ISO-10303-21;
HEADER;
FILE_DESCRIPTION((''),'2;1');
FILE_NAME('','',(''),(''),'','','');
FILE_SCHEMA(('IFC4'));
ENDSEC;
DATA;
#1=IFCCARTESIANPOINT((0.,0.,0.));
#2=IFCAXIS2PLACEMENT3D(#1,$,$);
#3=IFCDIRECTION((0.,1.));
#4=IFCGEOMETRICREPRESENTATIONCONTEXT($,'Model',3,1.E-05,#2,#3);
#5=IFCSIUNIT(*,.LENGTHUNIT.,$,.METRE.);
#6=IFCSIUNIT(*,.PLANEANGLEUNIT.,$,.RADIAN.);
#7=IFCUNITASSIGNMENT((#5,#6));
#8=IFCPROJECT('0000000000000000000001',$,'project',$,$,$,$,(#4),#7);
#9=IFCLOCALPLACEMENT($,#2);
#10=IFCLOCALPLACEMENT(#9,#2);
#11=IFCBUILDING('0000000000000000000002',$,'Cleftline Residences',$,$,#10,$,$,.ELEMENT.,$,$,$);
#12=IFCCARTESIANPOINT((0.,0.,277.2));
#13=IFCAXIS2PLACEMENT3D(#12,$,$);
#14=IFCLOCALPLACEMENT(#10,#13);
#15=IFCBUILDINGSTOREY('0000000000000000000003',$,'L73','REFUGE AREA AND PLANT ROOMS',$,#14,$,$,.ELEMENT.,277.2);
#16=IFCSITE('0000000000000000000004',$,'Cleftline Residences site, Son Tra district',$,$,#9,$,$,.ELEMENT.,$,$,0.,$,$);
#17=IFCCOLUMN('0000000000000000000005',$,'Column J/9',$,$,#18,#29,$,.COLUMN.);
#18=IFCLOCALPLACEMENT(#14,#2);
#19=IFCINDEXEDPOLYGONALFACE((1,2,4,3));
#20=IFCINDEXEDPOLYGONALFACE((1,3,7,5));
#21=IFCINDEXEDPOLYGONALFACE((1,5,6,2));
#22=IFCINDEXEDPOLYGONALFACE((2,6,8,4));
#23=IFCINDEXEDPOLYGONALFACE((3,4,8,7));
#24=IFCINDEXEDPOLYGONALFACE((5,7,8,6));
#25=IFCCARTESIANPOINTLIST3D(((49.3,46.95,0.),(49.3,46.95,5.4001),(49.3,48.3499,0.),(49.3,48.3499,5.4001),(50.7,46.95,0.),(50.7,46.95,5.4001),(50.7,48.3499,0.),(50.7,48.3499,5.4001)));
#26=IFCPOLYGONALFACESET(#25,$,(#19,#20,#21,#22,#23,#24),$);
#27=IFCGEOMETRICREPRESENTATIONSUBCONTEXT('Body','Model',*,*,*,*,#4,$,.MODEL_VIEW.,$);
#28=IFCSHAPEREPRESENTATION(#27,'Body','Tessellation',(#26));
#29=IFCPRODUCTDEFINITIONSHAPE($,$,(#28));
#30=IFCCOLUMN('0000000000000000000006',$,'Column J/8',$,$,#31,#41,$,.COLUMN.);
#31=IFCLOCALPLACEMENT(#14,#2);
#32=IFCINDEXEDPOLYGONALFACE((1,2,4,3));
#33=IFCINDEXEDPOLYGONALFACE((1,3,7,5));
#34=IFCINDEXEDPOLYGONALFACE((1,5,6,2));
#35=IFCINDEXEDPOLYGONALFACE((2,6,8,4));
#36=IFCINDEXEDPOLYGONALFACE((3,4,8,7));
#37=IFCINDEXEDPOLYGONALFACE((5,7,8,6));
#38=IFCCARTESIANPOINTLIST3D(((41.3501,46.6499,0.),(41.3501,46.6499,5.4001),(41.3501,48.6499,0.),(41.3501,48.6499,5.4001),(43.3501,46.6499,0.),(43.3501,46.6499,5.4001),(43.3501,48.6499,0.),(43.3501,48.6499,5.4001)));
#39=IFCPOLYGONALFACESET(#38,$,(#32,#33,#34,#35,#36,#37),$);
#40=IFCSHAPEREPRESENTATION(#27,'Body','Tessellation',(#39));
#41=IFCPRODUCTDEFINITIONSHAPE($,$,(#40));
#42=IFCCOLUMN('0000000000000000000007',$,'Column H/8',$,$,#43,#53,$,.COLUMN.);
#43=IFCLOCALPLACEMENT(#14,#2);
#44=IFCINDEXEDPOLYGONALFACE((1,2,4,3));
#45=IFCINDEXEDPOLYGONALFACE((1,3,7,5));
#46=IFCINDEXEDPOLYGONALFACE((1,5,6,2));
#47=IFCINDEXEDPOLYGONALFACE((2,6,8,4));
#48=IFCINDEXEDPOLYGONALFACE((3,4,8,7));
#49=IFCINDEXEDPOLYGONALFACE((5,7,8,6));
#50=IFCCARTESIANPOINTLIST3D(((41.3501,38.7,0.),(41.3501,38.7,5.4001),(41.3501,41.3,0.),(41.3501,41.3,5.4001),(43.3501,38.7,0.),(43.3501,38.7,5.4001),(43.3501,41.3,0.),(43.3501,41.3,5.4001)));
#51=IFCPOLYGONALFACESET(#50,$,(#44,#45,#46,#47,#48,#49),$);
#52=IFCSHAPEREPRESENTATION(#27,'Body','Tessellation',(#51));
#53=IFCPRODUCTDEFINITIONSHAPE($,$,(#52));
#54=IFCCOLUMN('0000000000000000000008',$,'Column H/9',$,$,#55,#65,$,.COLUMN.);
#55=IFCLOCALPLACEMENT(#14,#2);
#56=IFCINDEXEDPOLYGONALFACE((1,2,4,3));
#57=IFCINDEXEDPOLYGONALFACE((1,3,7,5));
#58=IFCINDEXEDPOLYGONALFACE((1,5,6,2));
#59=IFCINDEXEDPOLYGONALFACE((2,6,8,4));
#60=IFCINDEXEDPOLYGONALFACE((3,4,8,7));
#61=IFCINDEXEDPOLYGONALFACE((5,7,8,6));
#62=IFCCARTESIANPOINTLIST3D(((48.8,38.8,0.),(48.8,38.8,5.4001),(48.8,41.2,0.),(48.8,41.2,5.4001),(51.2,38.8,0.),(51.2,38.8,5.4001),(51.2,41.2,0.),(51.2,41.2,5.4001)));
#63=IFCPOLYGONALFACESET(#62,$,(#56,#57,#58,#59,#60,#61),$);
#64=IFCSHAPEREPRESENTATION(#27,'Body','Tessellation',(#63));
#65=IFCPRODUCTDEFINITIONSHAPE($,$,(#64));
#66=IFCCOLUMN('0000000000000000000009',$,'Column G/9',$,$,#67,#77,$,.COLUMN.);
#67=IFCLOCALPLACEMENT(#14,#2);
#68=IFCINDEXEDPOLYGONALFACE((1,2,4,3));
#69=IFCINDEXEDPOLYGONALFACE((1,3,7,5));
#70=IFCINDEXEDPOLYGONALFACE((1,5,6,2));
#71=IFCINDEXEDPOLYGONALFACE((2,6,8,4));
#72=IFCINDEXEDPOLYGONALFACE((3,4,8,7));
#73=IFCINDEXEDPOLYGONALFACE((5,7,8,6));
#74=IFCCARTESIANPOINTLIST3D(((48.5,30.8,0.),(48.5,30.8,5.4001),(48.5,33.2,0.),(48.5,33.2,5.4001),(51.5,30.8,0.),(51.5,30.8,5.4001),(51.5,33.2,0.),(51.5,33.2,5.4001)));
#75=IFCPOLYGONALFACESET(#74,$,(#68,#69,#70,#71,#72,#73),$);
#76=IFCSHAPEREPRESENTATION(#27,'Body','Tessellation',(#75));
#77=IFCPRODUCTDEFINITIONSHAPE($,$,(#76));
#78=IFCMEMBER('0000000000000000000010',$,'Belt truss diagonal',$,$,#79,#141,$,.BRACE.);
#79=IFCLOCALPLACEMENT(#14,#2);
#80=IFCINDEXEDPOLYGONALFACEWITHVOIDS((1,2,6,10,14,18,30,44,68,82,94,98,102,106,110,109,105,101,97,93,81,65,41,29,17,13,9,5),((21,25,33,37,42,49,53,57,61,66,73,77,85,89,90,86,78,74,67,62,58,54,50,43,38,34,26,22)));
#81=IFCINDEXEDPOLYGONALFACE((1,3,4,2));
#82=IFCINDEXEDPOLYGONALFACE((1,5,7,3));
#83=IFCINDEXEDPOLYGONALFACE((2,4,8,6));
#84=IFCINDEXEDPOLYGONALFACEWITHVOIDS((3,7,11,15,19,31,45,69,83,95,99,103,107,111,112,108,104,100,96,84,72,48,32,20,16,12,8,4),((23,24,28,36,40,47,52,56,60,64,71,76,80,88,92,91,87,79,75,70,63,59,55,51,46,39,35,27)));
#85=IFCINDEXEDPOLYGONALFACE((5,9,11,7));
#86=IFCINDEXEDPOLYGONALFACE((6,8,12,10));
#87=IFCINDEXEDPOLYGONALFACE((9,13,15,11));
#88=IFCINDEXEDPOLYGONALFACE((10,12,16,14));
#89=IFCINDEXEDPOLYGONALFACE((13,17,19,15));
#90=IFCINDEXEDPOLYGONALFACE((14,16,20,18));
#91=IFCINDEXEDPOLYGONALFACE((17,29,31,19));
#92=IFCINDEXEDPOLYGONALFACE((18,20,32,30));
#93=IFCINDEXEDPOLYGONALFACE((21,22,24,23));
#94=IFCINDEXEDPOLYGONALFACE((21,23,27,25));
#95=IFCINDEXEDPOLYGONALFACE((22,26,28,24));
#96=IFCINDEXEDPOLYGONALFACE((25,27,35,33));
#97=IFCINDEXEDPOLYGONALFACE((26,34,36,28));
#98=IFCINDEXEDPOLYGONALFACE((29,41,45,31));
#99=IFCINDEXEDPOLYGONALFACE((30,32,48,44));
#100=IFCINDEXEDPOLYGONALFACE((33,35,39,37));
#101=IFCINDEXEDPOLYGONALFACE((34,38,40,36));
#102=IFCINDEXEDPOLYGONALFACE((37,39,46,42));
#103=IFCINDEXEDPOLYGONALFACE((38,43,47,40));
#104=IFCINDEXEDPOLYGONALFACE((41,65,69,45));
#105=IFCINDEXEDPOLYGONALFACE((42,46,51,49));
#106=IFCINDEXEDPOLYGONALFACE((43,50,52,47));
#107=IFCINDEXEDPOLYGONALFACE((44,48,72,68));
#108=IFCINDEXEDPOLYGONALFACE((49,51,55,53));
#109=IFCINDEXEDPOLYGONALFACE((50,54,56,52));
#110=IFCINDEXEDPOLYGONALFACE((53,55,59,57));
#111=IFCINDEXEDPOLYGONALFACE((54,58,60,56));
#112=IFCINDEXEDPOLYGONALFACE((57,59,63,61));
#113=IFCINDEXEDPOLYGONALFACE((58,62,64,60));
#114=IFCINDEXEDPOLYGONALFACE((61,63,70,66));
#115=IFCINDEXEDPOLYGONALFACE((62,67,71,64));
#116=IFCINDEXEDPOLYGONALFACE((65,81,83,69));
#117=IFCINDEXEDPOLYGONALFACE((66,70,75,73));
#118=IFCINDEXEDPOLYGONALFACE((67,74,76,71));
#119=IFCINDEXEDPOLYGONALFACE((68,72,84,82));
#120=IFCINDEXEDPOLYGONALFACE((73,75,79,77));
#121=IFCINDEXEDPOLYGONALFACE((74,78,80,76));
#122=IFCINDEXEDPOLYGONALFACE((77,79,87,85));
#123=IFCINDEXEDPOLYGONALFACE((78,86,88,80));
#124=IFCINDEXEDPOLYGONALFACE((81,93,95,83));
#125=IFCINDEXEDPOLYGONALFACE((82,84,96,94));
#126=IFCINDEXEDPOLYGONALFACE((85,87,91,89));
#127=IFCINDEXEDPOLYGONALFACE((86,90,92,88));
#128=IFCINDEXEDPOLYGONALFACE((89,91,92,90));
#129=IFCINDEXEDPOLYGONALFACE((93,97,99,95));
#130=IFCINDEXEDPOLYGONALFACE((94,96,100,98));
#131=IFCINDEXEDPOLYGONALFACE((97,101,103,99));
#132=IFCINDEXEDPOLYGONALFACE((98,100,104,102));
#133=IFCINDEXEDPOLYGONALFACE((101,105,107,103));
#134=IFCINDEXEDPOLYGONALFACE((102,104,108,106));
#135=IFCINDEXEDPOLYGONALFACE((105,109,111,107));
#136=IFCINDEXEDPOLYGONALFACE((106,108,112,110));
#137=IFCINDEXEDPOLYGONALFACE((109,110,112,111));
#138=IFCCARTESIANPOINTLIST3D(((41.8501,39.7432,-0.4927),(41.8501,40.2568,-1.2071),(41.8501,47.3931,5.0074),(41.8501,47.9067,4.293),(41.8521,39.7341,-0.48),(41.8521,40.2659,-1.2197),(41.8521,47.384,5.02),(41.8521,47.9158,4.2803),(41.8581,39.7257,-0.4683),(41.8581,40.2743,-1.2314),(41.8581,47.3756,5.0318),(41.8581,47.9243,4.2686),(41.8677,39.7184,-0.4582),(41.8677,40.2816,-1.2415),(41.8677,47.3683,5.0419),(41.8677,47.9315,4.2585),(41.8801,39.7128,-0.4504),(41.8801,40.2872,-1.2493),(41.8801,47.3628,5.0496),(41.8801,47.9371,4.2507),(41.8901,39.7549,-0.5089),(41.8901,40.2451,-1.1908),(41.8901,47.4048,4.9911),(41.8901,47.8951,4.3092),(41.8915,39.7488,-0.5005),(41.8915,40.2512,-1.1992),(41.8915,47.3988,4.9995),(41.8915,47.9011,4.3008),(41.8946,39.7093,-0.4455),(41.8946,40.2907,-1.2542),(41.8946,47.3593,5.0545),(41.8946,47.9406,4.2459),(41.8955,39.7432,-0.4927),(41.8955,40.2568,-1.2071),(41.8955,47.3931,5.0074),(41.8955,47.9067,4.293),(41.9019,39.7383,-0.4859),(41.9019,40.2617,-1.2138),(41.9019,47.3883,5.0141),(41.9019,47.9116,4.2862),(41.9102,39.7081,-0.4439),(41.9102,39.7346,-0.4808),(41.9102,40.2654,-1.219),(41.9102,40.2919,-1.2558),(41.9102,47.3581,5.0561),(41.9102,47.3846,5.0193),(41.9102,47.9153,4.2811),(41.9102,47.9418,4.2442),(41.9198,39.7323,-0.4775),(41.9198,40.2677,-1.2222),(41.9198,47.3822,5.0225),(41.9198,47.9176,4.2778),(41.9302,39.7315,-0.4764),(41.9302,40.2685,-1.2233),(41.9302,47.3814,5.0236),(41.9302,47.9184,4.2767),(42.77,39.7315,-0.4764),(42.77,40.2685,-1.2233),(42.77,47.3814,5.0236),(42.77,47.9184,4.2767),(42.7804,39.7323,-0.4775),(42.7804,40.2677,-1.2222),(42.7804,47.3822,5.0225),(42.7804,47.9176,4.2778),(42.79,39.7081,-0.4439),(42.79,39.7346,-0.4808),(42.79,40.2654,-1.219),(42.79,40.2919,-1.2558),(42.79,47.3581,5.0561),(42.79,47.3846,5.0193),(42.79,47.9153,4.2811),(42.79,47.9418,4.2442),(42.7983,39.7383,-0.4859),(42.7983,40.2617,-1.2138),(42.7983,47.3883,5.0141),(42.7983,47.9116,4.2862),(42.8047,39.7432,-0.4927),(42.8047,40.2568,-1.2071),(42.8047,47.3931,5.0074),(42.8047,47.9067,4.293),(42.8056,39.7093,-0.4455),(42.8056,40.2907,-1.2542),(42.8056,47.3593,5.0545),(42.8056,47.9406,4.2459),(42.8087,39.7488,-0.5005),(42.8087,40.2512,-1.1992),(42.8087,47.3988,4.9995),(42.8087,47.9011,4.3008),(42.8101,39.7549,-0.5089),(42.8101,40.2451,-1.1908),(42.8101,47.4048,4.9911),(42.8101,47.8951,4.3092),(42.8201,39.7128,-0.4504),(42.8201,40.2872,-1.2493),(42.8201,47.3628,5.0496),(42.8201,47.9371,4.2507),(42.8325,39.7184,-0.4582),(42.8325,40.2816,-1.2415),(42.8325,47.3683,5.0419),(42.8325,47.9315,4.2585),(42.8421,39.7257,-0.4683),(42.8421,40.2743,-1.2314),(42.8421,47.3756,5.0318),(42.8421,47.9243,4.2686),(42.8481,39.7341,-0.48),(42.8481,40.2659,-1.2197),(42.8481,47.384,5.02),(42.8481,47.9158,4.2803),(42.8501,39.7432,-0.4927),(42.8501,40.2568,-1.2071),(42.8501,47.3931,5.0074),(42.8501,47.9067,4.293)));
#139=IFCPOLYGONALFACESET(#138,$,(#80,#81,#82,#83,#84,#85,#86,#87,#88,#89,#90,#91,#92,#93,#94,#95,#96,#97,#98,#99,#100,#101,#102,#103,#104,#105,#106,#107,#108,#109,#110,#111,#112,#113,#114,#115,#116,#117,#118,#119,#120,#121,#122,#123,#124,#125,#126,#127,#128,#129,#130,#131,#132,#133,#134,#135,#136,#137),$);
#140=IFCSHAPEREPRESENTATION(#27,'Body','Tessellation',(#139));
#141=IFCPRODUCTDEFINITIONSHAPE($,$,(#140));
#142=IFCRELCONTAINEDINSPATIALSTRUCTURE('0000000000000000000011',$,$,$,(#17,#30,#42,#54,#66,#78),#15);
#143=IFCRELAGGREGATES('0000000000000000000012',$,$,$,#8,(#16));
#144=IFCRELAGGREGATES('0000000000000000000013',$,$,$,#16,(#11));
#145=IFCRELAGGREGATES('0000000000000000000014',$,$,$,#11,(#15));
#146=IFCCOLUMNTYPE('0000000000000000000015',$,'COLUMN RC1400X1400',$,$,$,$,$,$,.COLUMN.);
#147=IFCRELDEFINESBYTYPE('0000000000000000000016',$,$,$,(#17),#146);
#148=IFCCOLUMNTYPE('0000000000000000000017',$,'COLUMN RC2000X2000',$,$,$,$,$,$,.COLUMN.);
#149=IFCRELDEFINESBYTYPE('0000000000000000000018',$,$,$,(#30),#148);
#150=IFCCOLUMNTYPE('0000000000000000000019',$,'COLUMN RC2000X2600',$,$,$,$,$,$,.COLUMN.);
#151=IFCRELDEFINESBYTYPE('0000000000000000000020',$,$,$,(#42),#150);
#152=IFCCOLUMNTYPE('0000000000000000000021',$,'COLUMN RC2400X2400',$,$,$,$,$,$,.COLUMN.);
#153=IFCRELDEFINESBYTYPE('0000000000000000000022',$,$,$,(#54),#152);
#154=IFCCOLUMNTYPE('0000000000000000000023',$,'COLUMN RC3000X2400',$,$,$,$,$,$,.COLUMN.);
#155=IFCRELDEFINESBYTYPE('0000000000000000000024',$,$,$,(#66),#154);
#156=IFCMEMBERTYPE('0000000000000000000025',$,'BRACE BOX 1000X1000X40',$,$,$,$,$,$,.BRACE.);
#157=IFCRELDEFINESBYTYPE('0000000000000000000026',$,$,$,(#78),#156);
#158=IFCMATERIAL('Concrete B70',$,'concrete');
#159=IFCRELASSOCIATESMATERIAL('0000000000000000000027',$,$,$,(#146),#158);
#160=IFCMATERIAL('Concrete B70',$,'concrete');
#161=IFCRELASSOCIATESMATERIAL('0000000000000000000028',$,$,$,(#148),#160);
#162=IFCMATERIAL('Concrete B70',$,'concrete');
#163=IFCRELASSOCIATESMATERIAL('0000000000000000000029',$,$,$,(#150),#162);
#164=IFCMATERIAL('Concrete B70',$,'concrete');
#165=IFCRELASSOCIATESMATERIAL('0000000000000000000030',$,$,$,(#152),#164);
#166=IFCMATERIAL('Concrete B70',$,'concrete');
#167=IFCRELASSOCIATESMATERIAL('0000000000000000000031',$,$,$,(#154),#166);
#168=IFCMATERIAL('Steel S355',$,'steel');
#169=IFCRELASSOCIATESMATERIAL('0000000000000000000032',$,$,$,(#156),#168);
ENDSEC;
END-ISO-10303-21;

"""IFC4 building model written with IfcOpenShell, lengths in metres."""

from ifc_helpers import new_model, si_unit, direction, frame, origin, origin_2d, place, context, subcontext, project, spatial, rectangle, hollow_rectangle, extrude, material, material_profile, profile_set, type_object, element, save


model = new_model("IFC4")

# Units and contexts
model_context = context("Model", 3, precision=1e-05, world=origin(), true_north=direction((0.0, 1.0)))
body_context = subcontext(model_context, "Body", "Model", "MODEL_VIEW")
ifc_project = project(units=[si_unit("LENGTHUNIT", "METRE"), si_unit("PLANEANGLEUNIT", "RADIAN")], contexts=[model_context])

# Site, building, storey
site_placement = place(None, origin())
site = spatial("IfcSite", under=ifc_project, at=site_placement, Name="Cleftline Residences site, Son Tra district", CompositionType="ELEMENT", RefElevation=0.0)
building_placement = place(site_placement, origin())
building = spatial("IfcBuilding", under=site, at=building_placement, Name="Cleftline Residences", CompositionType="ELEMENT")
storey_placement = place(building_placement, frame((0.0, 0.0, 277.2)))
storey = spatial("IfcBuildingStorey", under=building, at=storey_placement, Name="L73", Description="REFUGE AREA AND PLANT ROOMS", CompositionType="ELEMENT", Elevation=277.2)

# Columns
ifc_material_1 = material(Name="Concrete B70", Category="concrete")
ifc_material_profile_1 = material_profile(ifc_material_1, rectangle(XDim=1.3999, YDim=1.3999, at=origin_2d()))
ifc_profile_set_1 = profile_set([ifc_material_profile_1], Name="Concrete B70")
column_type_1 = type_object("IfcColumnType", Name="COLUMN RC1400X1400", PredefinedType="COLUMN", material=ifc_profile_set_1)
column_1_placement = place(storey_placement, frame((50.0, 47.6499, 0.0), z_axis=(0.0, 0.0, 1.0), x_axis=(1.0, 0.0, 0.0)))
element("IfcColumn", 1, at=column_1_placement, inside=storey, type_object=column_type_1, Name="Column J/9", PredefinedType="COLUMN", context=body_context, shape_type="SweptSolid", body=[
    extrude(rectangle(XDim=1.3999, YDim=1.3999, at=origin_2d()), origin(), (0.0, 0.0, 1.0), 5.4001),
])
ifc_material_2 = material(Name="Concrete B70", Category="concrete")
ifc_material_profile_2 = material_profile(ifc_material_2, rectangle(XDim=2.0, YDim=2.0, at=origin_2d()))
ifc_profile_set_2 = profile_set([ifc_material_profile_2], Name="Concrete B70")
column_type_2 = type_object("IfcColumnType", Name="COLUMN RC2000X2000", PredefinedType="COLUMN", material=ifc_profile_set_2)
column_2_placement = place(storey_placement, frame((42.3501, 47.6499, 0.0), z_axis=(0.0, 0.0, 1.0), x_axis=(1.0, 0.0, 0.0)))
element("IfcColumn", 2, at=column_2_placement, inside=storey, type_object=column_type_2, Name="Column J/8", PredefinedType="COLUMN", context=body_context, shape_type="SweptSolid", body=[
    extrude(rectangle(XDim=2.0, YDim=2.0, at=origin_2d()), origin(), (0.0, 0.0, 1.0), 5.4001),
])
ifc_material_3 = material(Name="Concrete B70", Category="concrete")
ifc_material_profile_3 = material_profile(ifc_material_3, rectangle(XDim=2.0, YDim=2.6001, at=origin_2d()))
ifc_profile_set_3 = profile_set([ifc_material_profile_3], Name="Concrete B70")
column_type_3 = type_object("IfcColumnType", Name="COLUMN RC2000X2600", PredefinedType="COLUMN", material=ifc_profile_set_3)
column_3_placement = place(storey_placement, frame((42.3501, 40.0, 0.0), z_axis=(0.0, 0.0, 1.0), x_axis=(1.0, 0.0, 0.0)))
element("IfcColumn", 3, at=column_3_placement, inside=storey, type_object=column_type_3, Name="Column H/8", PredefinedType="COLUMN", context=body_context, shape_type="SweptSolid", body=[
    extrude(rectangle(XDim=2.0, YDim=2.6001, at=origin_2d()), origin(), (0.0, 0.0, 1.0), 5.4001),
])
ifc_material_4 = material(Name="Concrete B70", Category="concrete")
ifc_material_profile_4 = material_profile(ifc_material_4, rectangle(XDim=2.3999, YDim=2.3999, at=origin_2d()))
ifc_profile_set_4 = profile_set([ifc_material_profile_4], Name="Concrete B70")
column_type_4 = type_object("IfcColumnType", Name="COLUMN RC2400X2400", PredefinedType="COLUMN", material=ifc_profile_set_4)
column_4_placement = place(storey_placement, frame((50.0, 40.0, 0.0), z_axis=(0.0, 0.0, 1.0), x_axis=(1.0, 0.0, 0.0)))
element("IfcColumn", 4, at=column_4_placement, inside=storey, type_object=column_type_4, Name="Column H/9", PredefinedType="COLUMN", context=body_context, shape_type="SweptSolid", body=[
    extrude(rectangle(XDim=2.3999, YDim=2.3999, at=origin_2d()), origin(), (0.0, 0.0, 1.0), 5.4001),
])
ifc_material_5 = material(Name="Concrete B70", Category="concrete")
ifc_material_profile_5 = material_profile(ifc_material_5, rectangle(XDim=3.0, YDim=2.3999, at=origin_2d()))
ifc_profile_set_5 = profile_set([ifc_material_profile_5], Name="Concrete B70")
column_type_5 = type_object("IfcColumnType", Name="COLUMN RC3000X2400", PredefinedType="COLUMN", material=ifc_profile_set_5)
column_5_placement = place(storey_placement, frame((50.0, 32.0, 0.0), z_axis=(0.0, 0.0, 1.0), x_axis=(1.0, 0.0, 0.0)))
element("IfcColumn", 5, at=column_5_placement, inside=storey, type_object=column_type_5, Name="Column G/9", PredefinedType="COLUMN", context=body_context, shape_type="SweptSolid", body=[
    extrude(rectangle(XDim=3.0, YDim=2.3999, at=origin_2d()), origin(), (0.0, 0.0, 1.0), 5.4001),
])

# Member
ifc_material_6 = material(Name="Steel S355", Category="steel")
ifc_material_profile_6 = material_profile(ifc_material_6, hollow_rectangle(XDim=1.0, YDim=1.0, WallThickness=0.04, InnerFilletRadius=0.04, OuterFilletRadius=0.0601, at=origin_2d()))
ifc_profile_set_6 = profile_set([ifc_material_profile_6], Name="Steel S355")
member_type_1 = type_object("IfcMemberType", Name="BRACE BOX 1000X1000X40", PredefinedType="BRACE", material=ifc_profile_set_6)
for number, where, z_axis, x_axis, name in (
    (6, (42.3501, 40.0, -0.8499), (0.0, 0.811933, 0.58375), (0.0, -0.58375, 0.811933), "Belt truss diagonal"),
):
    element("IfcMember", number, at=place(storey_placement, frame(where, z_axis=z_axis, x_axis=x_axis)), inside=storey, type_object=member_type_1, Name=name, PredefinedType="BRACE", context=body_context, shape_type="SweptSolid", body=[
        extrude(hollow_rectangle(XDim=1.0, YDim=1.0, WallThickness=0.04, InnerFilletRadius=0.04, OuterFilletRadius=0.0601, at=origin_2d()), origin(), (0.0, 0.0, 1.0), 9.4219),
    ])

save(model, "model.ifc")
